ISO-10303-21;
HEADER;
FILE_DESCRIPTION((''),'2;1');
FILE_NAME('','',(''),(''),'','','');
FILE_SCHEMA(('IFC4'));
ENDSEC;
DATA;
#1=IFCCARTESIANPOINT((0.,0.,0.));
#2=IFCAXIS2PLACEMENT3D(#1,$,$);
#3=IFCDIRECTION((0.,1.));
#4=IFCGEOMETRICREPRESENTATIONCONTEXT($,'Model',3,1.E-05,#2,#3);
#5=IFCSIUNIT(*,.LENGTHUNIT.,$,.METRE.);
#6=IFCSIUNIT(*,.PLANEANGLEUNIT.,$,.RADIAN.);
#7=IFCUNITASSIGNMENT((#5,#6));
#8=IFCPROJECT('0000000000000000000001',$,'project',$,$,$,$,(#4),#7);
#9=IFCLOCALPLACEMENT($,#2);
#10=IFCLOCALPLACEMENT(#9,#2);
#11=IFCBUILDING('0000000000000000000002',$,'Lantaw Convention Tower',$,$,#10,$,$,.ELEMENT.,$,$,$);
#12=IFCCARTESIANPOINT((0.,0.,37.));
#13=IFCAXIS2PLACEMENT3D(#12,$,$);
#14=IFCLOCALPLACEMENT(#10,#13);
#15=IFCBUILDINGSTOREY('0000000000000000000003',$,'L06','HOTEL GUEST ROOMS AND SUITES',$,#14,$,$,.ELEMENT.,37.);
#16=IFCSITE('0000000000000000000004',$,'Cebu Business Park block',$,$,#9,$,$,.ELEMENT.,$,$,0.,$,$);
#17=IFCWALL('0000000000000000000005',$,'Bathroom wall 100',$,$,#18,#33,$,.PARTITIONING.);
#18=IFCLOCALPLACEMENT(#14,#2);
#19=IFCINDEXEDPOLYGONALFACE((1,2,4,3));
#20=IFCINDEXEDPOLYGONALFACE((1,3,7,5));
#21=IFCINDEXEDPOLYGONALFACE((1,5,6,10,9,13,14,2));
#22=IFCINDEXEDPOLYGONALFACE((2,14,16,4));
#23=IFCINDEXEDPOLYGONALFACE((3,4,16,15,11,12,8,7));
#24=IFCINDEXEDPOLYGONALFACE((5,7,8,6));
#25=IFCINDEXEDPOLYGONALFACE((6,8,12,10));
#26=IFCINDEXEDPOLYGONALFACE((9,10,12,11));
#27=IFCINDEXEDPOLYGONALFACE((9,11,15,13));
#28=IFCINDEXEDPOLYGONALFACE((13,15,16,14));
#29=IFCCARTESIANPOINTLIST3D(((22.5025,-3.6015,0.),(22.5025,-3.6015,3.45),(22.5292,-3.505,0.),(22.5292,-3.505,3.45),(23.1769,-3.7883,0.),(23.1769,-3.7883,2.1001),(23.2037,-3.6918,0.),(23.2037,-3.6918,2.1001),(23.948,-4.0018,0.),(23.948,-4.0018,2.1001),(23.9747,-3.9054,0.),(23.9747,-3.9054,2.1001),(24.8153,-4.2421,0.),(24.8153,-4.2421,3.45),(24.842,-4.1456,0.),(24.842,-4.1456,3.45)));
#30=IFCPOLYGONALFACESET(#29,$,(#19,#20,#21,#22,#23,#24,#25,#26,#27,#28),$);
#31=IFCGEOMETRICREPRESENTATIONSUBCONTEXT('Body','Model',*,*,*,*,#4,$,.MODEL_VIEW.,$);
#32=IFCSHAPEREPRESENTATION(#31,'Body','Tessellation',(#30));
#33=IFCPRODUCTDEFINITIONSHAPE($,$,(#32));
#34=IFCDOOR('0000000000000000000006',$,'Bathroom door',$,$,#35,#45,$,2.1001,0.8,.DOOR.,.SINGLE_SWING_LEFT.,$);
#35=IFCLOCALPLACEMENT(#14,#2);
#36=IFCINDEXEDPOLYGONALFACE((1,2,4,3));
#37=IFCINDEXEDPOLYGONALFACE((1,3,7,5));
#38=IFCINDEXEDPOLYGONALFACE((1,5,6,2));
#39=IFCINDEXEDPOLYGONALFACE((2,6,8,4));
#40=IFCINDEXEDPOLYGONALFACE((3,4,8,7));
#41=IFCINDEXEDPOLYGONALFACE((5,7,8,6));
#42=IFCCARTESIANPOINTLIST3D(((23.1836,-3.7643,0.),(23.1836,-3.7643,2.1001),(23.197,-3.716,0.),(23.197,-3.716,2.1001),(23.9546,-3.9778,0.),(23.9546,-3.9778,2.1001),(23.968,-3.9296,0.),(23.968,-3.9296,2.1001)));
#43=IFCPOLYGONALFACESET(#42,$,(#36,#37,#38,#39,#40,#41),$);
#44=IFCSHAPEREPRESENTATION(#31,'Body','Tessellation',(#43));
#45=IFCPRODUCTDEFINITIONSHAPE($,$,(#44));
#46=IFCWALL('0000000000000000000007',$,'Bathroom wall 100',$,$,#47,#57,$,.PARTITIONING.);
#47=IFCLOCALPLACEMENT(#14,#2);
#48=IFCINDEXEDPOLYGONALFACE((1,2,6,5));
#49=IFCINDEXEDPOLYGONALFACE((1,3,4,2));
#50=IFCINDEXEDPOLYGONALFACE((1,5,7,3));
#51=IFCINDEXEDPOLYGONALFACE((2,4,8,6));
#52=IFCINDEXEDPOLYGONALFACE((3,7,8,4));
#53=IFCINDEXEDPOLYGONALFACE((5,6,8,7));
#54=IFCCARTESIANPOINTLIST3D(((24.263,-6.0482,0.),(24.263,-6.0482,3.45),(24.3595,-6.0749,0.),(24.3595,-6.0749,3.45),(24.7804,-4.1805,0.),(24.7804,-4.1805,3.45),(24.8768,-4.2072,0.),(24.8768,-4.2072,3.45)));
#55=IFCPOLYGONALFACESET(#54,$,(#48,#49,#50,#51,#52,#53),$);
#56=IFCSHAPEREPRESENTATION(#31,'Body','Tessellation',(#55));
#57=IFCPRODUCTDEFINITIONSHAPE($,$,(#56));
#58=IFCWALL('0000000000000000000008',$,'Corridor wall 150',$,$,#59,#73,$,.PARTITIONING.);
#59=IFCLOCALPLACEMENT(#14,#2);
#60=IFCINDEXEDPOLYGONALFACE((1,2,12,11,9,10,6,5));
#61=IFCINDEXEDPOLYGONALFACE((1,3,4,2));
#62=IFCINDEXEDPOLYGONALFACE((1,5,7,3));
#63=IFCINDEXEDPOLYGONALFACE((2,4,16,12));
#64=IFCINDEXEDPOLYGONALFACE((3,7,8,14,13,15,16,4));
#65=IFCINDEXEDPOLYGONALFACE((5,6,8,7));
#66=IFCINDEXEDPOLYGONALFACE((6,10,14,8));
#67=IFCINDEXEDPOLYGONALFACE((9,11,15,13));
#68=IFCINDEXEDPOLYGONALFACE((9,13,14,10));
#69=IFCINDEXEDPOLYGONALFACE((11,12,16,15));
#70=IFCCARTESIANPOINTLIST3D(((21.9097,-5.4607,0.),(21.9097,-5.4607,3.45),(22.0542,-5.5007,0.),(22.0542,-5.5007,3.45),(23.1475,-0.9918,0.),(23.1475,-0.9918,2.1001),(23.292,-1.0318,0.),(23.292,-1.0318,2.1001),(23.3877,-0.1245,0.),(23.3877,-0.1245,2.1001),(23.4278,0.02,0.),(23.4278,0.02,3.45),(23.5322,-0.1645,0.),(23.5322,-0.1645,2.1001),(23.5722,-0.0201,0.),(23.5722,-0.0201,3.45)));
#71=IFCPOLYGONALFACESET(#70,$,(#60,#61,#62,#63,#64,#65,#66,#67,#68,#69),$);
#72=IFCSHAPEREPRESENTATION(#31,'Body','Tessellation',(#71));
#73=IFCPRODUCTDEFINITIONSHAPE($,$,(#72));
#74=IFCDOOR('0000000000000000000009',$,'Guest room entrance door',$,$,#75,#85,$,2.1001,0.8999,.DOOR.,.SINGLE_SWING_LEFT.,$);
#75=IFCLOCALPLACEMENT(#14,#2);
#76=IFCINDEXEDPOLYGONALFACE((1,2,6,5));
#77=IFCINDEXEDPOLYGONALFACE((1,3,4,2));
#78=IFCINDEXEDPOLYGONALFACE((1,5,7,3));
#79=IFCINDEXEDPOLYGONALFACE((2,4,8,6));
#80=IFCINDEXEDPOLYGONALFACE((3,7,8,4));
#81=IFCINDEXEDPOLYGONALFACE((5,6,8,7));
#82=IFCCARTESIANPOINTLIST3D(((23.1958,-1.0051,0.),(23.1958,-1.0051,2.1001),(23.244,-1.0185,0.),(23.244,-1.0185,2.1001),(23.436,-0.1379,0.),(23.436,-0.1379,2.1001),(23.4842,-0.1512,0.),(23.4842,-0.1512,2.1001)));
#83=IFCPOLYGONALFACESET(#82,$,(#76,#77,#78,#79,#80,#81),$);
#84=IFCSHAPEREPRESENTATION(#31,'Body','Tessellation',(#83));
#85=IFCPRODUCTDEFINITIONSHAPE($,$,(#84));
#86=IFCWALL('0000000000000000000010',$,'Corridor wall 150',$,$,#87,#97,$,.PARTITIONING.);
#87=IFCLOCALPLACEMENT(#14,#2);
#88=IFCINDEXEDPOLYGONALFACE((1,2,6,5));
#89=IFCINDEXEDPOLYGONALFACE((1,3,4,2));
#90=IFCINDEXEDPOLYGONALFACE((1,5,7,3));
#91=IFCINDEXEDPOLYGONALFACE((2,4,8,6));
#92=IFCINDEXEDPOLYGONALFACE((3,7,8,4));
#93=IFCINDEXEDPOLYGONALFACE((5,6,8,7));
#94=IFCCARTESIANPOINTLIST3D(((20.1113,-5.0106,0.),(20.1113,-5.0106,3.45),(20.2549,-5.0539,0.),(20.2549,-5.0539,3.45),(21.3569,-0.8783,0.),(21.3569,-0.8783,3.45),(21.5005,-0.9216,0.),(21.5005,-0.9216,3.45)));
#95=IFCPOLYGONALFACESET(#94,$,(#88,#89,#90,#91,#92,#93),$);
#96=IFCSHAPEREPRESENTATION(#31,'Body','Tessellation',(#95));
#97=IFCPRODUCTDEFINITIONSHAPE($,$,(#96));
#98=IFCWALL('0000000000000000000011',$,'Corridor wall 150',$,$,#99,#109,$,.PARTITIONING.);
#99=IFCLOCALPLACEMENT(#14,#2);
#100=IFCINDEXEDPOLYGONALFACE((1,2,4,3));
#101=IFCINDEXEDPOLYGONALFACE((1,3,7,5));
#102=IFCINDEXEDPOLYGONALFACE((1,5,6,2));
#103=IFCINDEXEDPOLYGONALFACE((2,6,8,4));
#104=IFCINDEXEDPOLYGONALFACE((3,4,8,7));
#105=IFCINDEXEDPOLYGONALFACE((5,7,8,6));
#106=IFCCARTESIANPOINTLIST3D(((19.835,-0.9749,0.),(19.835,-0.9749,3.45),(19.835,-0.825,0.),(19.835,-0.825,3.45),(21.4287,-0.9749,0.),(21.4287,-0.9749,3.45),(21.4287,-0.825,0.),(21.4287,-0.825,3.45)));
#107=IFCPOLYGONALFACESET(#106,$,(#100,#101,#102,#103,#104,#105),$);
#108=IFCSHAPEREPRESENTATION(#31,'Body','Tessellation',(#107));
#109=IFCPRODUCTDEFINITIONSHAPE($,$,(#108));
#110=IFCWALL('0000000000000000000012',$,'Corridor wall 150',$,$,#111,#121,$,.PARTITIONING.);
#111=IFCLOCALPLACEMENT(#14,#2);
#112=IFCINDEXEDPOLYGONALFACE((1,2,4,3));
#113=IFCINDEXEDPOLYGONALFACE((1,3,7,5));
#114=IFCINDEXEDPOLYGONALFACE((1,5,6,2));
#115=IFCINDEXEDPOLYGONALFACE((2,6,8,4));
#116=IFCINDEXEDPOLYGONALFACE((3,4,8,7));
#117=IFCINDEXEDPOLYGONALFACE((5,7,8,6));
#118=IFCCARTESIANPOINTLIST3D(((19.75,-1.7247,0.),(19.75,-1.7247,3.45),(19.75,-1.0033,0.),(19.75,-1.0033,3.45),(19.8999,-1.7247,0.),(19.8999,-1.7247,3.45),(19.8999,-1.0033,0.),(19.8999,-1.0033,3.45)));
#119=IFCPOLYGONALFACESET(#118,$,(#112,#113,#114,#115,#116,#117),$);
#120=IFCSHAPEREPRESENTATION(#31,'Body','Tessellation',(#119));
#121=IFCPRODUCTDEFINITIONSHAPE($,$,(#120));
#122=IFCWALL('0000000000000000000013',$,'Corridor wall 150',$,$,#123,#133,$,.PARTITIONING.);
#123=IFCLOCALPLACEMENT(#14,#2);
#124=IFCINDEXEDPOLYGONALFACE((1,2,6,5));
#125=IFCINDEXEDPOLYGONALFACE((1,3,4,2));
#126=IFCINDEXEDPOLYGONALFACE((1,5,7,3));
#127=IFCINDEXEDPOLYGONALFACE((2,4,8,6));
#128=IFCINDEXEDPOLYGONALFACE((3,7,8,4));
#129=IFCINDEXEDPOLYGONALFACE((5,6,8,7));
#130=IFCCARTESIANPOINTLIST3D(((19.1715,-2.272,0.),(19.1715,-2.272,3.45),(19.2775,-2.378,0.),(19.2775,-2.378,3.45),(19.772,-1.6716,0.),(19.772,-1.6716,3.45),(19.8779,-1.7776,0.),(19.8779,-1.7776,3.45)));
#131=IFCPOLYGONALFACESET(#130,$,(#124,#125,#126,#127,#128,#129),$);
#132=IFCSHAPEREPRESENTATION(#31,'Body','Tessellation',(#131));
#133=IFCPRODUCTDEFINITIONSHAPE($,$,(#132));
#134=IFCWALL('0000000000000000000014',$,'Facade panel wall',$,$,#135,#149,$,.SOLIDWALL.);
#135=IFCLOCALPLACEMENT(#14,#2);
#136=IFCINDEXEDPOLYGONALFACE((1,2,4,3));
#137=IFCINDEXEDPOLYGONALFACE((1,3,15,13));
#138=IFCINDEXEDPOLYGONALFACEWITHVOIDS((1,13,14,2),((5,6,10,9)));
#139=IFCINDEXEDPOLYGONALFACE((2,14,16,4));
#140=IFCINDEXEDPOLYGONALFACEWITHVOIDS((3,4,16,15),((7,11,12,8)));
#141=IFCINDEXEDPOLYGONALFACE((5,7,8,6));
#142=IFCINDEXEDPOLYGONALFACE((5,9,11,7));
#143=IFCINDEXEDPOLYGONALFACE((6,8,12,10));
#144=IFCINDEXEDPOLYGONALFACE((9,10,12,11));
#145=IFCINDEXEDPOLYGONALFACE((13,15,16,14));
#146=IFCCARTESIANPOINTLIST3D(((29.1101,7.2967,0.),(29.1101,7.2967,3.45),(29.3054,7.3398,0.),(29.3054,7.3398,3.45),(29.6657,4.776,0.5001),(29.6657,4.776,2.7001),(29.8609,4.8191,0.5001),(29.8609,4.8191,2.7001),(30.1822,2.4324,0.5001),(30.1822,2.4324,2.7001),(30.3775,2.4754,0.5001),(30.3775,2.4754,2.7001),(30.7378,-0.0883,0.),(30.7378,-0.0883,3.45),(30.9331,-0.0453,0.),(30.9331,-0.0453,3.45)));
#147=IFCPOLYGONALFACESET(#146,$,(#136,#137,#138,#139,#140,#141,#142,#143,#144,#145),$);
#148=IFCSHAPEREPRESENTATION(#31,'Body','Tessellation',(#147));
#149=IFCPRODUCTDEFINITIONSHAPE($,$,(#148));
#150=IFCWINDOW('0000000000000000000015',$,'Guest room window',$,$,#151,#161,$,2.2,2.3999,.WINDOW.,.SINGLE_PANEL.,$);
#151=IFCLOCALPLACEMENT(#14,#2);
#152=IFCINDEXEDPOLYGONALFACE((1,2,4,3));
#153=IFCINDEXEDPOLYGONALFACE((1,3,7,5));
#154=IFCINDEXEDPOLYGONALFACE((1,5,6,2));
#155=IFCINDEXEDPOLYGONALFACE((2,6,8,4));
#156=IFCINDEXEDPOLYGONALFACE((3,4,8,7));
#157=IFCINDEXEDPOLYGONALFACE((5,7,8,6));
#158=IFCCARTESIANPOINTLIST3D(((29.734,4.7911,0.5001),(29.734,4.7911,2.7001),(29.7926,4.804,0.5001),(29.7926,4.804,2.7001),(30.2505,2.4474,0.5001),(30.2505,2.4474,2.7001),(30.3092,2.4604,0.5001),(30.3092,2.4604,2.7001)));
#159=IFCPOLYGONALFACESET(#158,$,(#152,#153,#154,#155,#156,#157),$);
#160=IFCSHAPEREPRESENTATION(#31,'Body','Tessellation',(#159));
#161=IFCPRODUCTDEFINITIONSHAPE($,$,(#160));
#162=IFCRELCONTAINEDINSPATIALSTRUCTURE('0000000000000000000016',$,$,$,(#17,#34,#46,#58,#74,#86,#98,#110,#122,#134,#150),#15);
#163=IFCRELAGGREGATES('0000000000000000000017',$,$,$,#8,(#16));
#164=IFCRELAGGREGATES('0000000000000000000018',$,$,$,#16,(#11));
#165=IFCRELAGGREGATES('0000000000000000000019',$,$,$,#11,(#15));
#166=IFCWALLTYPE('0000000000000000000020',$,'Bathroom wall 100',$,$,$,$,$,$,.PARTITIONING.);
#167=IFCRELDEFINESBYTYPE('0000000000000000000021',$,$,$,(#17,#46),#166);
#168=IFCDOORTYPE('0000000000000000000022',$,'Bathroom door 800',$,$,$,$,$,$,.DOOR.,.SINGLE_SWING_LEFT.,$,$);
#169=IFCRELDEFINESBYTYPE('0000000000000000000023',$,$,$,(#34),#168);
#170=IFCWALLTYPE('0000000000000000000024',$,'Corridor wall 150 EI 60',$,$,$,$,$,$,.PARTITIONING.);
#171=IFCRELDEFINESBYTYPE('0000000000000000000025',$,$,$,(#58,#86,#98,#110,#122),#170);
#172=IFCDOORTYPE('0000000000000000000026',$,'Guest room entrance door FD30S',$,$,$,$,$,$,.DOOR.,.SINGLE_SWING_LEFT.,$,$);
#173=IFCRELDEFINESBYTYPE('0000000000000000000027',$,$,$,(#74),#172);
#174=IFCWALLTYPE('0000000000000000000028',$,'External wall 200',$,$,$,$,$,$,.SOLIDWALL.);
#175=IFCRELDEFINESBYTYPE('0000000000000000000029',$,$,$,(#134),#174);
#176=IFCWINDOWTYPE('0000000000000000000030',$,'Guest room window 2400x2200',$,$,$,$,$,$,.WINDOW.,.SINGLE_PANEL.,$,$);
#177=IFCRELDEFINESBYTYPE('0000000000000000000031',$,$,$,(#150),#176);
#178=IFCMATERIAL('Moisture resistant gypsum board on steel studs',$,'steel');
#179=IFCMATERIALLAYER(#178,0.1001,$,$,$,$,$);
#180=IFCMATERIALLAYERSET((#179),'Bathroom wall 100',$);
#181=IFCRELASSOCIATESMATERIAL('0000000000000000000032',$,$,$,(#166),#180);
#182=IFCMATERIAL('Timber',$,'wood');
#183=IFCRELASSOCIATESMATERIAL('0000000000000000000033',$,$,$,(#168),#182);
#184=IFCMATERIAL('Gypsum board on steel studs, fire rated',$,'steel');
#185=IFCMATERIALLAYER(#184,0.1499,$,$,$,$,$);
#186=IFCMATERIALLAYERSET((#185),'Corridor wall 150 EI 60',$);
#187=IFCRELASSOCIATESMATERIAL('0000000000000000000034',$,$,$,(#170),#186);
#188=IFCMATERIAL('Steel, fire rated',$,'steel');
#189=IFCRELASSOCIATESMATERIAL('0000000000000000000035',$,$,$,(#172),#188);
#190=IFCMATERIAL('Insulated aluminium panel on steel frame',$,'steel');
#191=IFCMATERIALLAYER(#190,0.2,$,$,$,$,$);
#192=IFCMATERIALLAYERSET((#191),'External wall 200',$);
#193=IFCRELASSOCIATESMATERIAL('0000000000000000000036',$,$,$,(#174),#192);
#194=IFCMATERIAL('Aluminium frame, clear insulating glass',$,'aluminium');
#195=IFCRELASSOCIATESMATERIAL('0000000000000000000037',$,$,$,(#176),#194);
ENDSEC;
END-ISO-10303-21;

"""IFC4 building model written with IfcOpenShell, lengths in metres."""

from ifc_helpers import new_model, si_unit, direction, frame, frame_2d, origin, place, context, subcontext, project, spatial, rectangle, extrude, material, layer, layer_set, type_object, element, fill, save


model = new_model("IFC4")

# Units and contexts
model_context = context("Model", 3, precision=1e-05, world=origin(), true_north=direction((0.0, 1.0)))
body_context = subcontext(model_context, "Body", "Model", "MODEL_VIEW")
ifc_project = project(units=[si_unit("LENGTHUNIT", "METRE"), si_unit("PLANEANGLEUNIT", "RADIAN")], contexts=[model_context])

# Site, building, storey
site_placement = place(None, origin())
site = spatial("IfcSite", under=ifc_project, at=site_placement, Name="Cebu Business Park block", CompositionType="ELEMENT", RefElevation=0.0)
building_placement = place(site_placement, origin())
building = spatial("IfcBuilding", under=site, at=building_placement, Name="Lantaw Convention Tower", CompositionType="ELEMENT")
storey_placement = place(building_placement, frame((0.0, 0.0, 37.0)))
storey = spatial("IfcBuildingStorey", under=building, at=storey_placement, Name="L06", Description="HOTEL GUEST ROOMS AND SUITES", CompositionType="ELEMENT", Elevation=37.0)

# Wall, opening, door
ifc_material_1 = material(Name="Moisture resistant gypsum board on steel studs", Category="steel")
ifc_layer_1 = layer(ifc_material_1, 0.1001)
ifc_layer_set_1 = layer_set([ifc_layer_1], Name="Bathroom wall 100")
wall_type_1 = type_object("IfcWallType", Name="Bathroom wall 100", PredefinedType="PARTITIONING", material=ifc_layer_set_1)
wall_1_placement = place(storey_placement, frame((22.5159, -3.5532, 0.0), z_axis=(0.0, 0.0, 1.0), x_axis=(0.963712, -0.266946, 0.0)))
wall_1 = element("IfcWall", 1, at=wall_1_placement, inside=storey, type_object=wall_type_1, Name="Bathroom wall 100", PredefinedType="PARTITIONING", context=body_context, shape_type="SweptSolid", body=[
    extrude(rectangle(XDim=2.3999, YDim=0.1001, at=frame_2d((1.2, 0.0))), origin(), (0.0, 0.0, 1.0), 3.45),
])
opening_1_placement = place(wall_1_placement, frame((0.7, 0.0, 0.0)))
opening_1 = element("IfcOpeningElement", 2, at=opening_1_placement, cuts=wall_1, PredefinedType="OPENING", context=body_context, shape_type="SweptSolid", body=[
    extrude(rectangle(XDim=0.8, YDim=2.1001, at=frame_2d((0.3999, 1.05))), frame((0.0, 0.0601, 0.0), z_axis=(0.0, -1.0, 0.0), x_axis=(1.0, 0.0, 0.0)), (0.0, 0.0, 1.0), 0.1201),
])
ifc_material_2 = material(Name="Timber", Category="wood")
door_type_1 = type_object("IfcDoorType", Name="Bathroom door 800", OperationType="SINGLE_SWING_LEFT", PredefinedType="DOOR", material=ifc_material_2)
door_1_placement = place(opening_1_placement, origin())
door_1 = element("IfcDoor", 3, at=door_1_placement, inside=storey, type_object=door_type_1, Name="Bathroom door", OperationType="SINGLE_SWING_LEFT", OverallHeight=2.1001, OverallWidth=0.8, PredefinedType="DOOR", context=body_context, shape_type="SweptSolid", body=[
    extrude(rectangle(XDim=0.8, YDim=2.1001, at=frame_2d((0.3999, 1.05))), frame((0.0, 0.0249, 0.0), z_axis=(0.0, -1.0, 0.0), x_axis=(1.0, 0.0, 0.0)), (0.0, 0.0, 1.0), 0.05),
])
fill(opening_1, door_1)

# Wall
wall_2_placement = place(storey_placement, frame((24.8286, -4.1938, 0.0), z_axis=(0.0, 0.0, 1.0), x_axis=(-0.266942, -0.963713, 0.0)))
element("IfcWall", 4, at=wall_2_placement, inside=storey, type_object=wall_type_1, Name="Bathroom wall 100", PredefinedType="PARTITIONING", context=body_context, shape_type="SweptSolid", body=[
    extrude(rectangle(XDim=1.938, YDim=0.1001, at=frame_2d((0.969, 0.0))), origin(), (0.0, 0.0, 1.0), 3.45),
])

# Wall, opening, door
ifc_material_3 = material(Name="Gypsum board on steel studs, fire rated", Category="steel")
ifc_layer_2 = layer(ifc_material_3, 0.1499)
ifc_layer_set_2 = layer_set([ifc_layer_2], Name="Corridor wall 150 EI 60")
wall_type_2 = type_object("IfcWallType", Name="Corridor wall 150 EI 60", PredefinedType="PARTITIONING", material=ifc_layer_set_2)
wall_3_placement = place(storey_placement, frame((21.9819, -5.4807, 0.0), z_axis=(0.0, 0.0, 1.0), x_axis=(0.266933, 0.963715, 0.0)))
wall_3 = element("IfcWall", 5, at=wall_3_placement, inside=storey, type_object=wall_type_2, Name="Corridor wall 150", PredefinedType="PARTITIONING", context=body_context, shape_type="SweptSolid", body=[
    extrude(rectangle(XDim=5.687, YDim=0.1499, at=frame_2d((2.8435, 0.0))), origin(), (0.0, 0.0, 1.0), 3.45),
])
opening_2_placement = place(wall_3_placement, frame((4.6372, 0.0, 0.0)))
opening_2 = element("IfcOpeningElement", 6, at=opening_2_placement, cuts=wall_3, PredefinedType="OPENING", context=body_context, shape_type="SweptSolid", body=[
    extrude(rectangle(XDim=0.8999, YDim=2.1001, at=frame_2d((0.45, 1.05))), frame((0.0, 0.085, 0.0), z_axis=(0.0, -1.0, 0.0), x_axis=(1.0, 0.0, 0.0)), (0.0, 0.0, 1.0), 0.1699),
])
ifc_material_4 = material(Name="Steel, fire rated", Category="steel")
door_type_2 = type_object("IfcDoorType", Name="Guest room entrance door FD30S", OperationType="SINGLE_SWING_LEFT", PredefinedType="DOOR", material=ifc_material_4)
door_2_placement = place(opening_2_placement, origin())
door_2 = element("IfcDoor", 7, at=door_2_placement, inside=storey, type_object=door_type_2, Name="Guest room entrance door", OperationType="SINGLE_SWING_LEFT", OverallHeight=2.1001, OverallWidth=0.8999, PredefinedType="DOOR", context=body_context, shape_type="SweptSolid", body=[
    extrude(rectangle(XDim=0.8999, YDim=2.1001, at=frame_2d((0.45, 1.05))), frame((0.0, 0.0249, 0.0), z_axis=(0.0, -1.0, 0.0), x_axis=(1.0, 0.0, 0.0)), (0.0, 0.0, 1.0), 0.05),
])
fill(opening_2, door_2)

# Walls
wall_4_placement = place(storey_placement, frame((20.1831, -5.0322, 0.0), z_axis=(0.0, 0.0, 1.0), x_axis=(0.288604, 0.957449, 0.0)))
element("IfcWall", 8, at=wall_4_placement, inside=storey, type_object=wall_type_2, Name="Corridor wall 150", PredefinedType="PARTITIONING", context=body_context, shape_type="SweptSolid", body=[
    extrude(rectangle(XDim=4.3159, YDim=0.1499, at=frame_2d((2.158, 0.0))), origin(), (0.0, 0.0, 1.0), 3.45),
])
wall_5_placement = place(storey_placement, frame((19.835, -0.8999, 0.0), z_axis=(0.0, 0.0, 1.0), x_axis=(1.0, 0.0, 0.0)))
element("IfcWall", 9, at=wall_5_placement, inside=storey, type_object=wall_type_2, Name="Corridor wall 150", PredefinedType="PARTITIONING", context=body_context, shape_type="SweptSolid", body=[
    extrude(rectangle(XDim=1.5938, YDim=0.1499, at=frame_2d((0.7969, 0.0))), origin(), (0.0, 0.0, 1.0), 3.45),
])
wall_6_placement = place(storey_placement, frame((19.825, -1.0032, 0.0), z_axis=(0.0, 0.0, 1.0), x_axis=(0.0, -1.0, 0.0)))
element("IfcWall", 10, at=wall_6_placement, inside=storey, type_object=wall_type_2, Name="Corridor wall 150", PredefinedType="PARTITIONING", context=body_context, shape_type="SweptSolid", body=[
    extrude(rectangle(XDim=0.7214, YDim=0.1499, at=frame_2d((0.3608, 0.0))), origin(), (0.0, 0.0, 1.0), 3.45),
])
wall_7_placement = place(storey_placement, frame((19.825, -1.7246, 0.0), z_axis=(0.0, 0.0, 1.0), x_axis=(-0.707107, -0.707107, 0.0)))
element("IfcWall", 11, at=wall_7_placement, inside=storey, type_object=wall_type_2, Name="Corridor wall 150", PredefinedType="PARTITIONING", context=body_context, shape_type="SweptSolid", body=[
    extrude(rectangle(XDim=0.8491, YDim=0.1499, at=frame_2d((0.4246, 0.0))), origin(), (0.0, 0.0, 1.0), 3.45),
])

# Wall, opening, window
ifc_material_5 = material(Name="Insulated aluminium panel on steel frame", Category="steel")
ifc_layer_3 = layer(ifc_material_5, 0.2)
ifc_layer_set_3 = layer_set([ifc_layer_3], Name="External wall 200")
wall_type_3 = type_object("IfcWallType", Name="External wall 200", PredefinedType="SOLIDWALL", material=ifc_layer_set_3)
wall_8_placement = place(storey_placement, frame((30.8354, -0.0669, 0.0), z_axis=(0.0, 0.0, 1.0), x_axis=(-0.215238, 0.976562, 0.0)))
wall_8 = element("IfcWall", 12, at=wall_8_placement, inside=storey, type_object=wall_type_3, Name="Facade panel wall", PredefinedType="SOLIDWALL", context=body_context, shape_type="SweptSolid", body=[
    extrude(rectangle(XDim=7.5623, YDim=0.2, at=frame_2d((3.7812, 0.0))), origin(), (0.0, 0.0, 1.0), 3.45),
])
opening_3_placement = place(wall_8_placement, frame((2.5813, 0.0, 0.5)))
opening_3 = element("IfcOpeningElement", 13, at=opening_3_placement, cuts=wall_8, PredefinedType="OPENING", context=body_context, shape_type="SweptSolid", body=[
    extrude(rectangle(XDim=2.3999, YDim=2.2, at=frame_2d((1.2, 1.1001))), frame((0.0, 0.1099, 0.0), z_axis=(0.0, -1.0, 0.0), x_axis=(1.0, 0.0, 0.0)), (0.0, 0.0, 1.0), 0.22),
])
ifc_material_6 = material(Name="Aluminium frame, clear insulating glass", Category="aluminium")
window_type = type_object("IfcWindowType", Name="Guest room window 2400x2200", PartitioningType="SINGLE_PANEL", PredefinedType="WINDOW", material=ifc_material_6)
window_1_placement = place(opening_3_placement, origin())
window_1 = element("IfcWindow", 14, at=window_1_placement, inside=storey, type_object=window_type, Name="Guest room window", OverallHeight=2.2, OverallWidth=2.3999, PartitioningType="SINGLE_PANEL", PredefinedType="WINDOW", context=body_context, shape_type="SweptSolid", body=[
    extrude(rectangle(XDim=2.3999, YDim=2.2, at=frame_2d((1.2, 1.1001))), frame((0.0, 0.03, 0.0), z_axis=(0.0, -1.0, 0.0), x_axis=(1.0, 0.0, 0.0)), (0.0, 0.0, 1.0), 0.0601),
])
fill(opening_3, window_1)

save(model, "model.ifc")
